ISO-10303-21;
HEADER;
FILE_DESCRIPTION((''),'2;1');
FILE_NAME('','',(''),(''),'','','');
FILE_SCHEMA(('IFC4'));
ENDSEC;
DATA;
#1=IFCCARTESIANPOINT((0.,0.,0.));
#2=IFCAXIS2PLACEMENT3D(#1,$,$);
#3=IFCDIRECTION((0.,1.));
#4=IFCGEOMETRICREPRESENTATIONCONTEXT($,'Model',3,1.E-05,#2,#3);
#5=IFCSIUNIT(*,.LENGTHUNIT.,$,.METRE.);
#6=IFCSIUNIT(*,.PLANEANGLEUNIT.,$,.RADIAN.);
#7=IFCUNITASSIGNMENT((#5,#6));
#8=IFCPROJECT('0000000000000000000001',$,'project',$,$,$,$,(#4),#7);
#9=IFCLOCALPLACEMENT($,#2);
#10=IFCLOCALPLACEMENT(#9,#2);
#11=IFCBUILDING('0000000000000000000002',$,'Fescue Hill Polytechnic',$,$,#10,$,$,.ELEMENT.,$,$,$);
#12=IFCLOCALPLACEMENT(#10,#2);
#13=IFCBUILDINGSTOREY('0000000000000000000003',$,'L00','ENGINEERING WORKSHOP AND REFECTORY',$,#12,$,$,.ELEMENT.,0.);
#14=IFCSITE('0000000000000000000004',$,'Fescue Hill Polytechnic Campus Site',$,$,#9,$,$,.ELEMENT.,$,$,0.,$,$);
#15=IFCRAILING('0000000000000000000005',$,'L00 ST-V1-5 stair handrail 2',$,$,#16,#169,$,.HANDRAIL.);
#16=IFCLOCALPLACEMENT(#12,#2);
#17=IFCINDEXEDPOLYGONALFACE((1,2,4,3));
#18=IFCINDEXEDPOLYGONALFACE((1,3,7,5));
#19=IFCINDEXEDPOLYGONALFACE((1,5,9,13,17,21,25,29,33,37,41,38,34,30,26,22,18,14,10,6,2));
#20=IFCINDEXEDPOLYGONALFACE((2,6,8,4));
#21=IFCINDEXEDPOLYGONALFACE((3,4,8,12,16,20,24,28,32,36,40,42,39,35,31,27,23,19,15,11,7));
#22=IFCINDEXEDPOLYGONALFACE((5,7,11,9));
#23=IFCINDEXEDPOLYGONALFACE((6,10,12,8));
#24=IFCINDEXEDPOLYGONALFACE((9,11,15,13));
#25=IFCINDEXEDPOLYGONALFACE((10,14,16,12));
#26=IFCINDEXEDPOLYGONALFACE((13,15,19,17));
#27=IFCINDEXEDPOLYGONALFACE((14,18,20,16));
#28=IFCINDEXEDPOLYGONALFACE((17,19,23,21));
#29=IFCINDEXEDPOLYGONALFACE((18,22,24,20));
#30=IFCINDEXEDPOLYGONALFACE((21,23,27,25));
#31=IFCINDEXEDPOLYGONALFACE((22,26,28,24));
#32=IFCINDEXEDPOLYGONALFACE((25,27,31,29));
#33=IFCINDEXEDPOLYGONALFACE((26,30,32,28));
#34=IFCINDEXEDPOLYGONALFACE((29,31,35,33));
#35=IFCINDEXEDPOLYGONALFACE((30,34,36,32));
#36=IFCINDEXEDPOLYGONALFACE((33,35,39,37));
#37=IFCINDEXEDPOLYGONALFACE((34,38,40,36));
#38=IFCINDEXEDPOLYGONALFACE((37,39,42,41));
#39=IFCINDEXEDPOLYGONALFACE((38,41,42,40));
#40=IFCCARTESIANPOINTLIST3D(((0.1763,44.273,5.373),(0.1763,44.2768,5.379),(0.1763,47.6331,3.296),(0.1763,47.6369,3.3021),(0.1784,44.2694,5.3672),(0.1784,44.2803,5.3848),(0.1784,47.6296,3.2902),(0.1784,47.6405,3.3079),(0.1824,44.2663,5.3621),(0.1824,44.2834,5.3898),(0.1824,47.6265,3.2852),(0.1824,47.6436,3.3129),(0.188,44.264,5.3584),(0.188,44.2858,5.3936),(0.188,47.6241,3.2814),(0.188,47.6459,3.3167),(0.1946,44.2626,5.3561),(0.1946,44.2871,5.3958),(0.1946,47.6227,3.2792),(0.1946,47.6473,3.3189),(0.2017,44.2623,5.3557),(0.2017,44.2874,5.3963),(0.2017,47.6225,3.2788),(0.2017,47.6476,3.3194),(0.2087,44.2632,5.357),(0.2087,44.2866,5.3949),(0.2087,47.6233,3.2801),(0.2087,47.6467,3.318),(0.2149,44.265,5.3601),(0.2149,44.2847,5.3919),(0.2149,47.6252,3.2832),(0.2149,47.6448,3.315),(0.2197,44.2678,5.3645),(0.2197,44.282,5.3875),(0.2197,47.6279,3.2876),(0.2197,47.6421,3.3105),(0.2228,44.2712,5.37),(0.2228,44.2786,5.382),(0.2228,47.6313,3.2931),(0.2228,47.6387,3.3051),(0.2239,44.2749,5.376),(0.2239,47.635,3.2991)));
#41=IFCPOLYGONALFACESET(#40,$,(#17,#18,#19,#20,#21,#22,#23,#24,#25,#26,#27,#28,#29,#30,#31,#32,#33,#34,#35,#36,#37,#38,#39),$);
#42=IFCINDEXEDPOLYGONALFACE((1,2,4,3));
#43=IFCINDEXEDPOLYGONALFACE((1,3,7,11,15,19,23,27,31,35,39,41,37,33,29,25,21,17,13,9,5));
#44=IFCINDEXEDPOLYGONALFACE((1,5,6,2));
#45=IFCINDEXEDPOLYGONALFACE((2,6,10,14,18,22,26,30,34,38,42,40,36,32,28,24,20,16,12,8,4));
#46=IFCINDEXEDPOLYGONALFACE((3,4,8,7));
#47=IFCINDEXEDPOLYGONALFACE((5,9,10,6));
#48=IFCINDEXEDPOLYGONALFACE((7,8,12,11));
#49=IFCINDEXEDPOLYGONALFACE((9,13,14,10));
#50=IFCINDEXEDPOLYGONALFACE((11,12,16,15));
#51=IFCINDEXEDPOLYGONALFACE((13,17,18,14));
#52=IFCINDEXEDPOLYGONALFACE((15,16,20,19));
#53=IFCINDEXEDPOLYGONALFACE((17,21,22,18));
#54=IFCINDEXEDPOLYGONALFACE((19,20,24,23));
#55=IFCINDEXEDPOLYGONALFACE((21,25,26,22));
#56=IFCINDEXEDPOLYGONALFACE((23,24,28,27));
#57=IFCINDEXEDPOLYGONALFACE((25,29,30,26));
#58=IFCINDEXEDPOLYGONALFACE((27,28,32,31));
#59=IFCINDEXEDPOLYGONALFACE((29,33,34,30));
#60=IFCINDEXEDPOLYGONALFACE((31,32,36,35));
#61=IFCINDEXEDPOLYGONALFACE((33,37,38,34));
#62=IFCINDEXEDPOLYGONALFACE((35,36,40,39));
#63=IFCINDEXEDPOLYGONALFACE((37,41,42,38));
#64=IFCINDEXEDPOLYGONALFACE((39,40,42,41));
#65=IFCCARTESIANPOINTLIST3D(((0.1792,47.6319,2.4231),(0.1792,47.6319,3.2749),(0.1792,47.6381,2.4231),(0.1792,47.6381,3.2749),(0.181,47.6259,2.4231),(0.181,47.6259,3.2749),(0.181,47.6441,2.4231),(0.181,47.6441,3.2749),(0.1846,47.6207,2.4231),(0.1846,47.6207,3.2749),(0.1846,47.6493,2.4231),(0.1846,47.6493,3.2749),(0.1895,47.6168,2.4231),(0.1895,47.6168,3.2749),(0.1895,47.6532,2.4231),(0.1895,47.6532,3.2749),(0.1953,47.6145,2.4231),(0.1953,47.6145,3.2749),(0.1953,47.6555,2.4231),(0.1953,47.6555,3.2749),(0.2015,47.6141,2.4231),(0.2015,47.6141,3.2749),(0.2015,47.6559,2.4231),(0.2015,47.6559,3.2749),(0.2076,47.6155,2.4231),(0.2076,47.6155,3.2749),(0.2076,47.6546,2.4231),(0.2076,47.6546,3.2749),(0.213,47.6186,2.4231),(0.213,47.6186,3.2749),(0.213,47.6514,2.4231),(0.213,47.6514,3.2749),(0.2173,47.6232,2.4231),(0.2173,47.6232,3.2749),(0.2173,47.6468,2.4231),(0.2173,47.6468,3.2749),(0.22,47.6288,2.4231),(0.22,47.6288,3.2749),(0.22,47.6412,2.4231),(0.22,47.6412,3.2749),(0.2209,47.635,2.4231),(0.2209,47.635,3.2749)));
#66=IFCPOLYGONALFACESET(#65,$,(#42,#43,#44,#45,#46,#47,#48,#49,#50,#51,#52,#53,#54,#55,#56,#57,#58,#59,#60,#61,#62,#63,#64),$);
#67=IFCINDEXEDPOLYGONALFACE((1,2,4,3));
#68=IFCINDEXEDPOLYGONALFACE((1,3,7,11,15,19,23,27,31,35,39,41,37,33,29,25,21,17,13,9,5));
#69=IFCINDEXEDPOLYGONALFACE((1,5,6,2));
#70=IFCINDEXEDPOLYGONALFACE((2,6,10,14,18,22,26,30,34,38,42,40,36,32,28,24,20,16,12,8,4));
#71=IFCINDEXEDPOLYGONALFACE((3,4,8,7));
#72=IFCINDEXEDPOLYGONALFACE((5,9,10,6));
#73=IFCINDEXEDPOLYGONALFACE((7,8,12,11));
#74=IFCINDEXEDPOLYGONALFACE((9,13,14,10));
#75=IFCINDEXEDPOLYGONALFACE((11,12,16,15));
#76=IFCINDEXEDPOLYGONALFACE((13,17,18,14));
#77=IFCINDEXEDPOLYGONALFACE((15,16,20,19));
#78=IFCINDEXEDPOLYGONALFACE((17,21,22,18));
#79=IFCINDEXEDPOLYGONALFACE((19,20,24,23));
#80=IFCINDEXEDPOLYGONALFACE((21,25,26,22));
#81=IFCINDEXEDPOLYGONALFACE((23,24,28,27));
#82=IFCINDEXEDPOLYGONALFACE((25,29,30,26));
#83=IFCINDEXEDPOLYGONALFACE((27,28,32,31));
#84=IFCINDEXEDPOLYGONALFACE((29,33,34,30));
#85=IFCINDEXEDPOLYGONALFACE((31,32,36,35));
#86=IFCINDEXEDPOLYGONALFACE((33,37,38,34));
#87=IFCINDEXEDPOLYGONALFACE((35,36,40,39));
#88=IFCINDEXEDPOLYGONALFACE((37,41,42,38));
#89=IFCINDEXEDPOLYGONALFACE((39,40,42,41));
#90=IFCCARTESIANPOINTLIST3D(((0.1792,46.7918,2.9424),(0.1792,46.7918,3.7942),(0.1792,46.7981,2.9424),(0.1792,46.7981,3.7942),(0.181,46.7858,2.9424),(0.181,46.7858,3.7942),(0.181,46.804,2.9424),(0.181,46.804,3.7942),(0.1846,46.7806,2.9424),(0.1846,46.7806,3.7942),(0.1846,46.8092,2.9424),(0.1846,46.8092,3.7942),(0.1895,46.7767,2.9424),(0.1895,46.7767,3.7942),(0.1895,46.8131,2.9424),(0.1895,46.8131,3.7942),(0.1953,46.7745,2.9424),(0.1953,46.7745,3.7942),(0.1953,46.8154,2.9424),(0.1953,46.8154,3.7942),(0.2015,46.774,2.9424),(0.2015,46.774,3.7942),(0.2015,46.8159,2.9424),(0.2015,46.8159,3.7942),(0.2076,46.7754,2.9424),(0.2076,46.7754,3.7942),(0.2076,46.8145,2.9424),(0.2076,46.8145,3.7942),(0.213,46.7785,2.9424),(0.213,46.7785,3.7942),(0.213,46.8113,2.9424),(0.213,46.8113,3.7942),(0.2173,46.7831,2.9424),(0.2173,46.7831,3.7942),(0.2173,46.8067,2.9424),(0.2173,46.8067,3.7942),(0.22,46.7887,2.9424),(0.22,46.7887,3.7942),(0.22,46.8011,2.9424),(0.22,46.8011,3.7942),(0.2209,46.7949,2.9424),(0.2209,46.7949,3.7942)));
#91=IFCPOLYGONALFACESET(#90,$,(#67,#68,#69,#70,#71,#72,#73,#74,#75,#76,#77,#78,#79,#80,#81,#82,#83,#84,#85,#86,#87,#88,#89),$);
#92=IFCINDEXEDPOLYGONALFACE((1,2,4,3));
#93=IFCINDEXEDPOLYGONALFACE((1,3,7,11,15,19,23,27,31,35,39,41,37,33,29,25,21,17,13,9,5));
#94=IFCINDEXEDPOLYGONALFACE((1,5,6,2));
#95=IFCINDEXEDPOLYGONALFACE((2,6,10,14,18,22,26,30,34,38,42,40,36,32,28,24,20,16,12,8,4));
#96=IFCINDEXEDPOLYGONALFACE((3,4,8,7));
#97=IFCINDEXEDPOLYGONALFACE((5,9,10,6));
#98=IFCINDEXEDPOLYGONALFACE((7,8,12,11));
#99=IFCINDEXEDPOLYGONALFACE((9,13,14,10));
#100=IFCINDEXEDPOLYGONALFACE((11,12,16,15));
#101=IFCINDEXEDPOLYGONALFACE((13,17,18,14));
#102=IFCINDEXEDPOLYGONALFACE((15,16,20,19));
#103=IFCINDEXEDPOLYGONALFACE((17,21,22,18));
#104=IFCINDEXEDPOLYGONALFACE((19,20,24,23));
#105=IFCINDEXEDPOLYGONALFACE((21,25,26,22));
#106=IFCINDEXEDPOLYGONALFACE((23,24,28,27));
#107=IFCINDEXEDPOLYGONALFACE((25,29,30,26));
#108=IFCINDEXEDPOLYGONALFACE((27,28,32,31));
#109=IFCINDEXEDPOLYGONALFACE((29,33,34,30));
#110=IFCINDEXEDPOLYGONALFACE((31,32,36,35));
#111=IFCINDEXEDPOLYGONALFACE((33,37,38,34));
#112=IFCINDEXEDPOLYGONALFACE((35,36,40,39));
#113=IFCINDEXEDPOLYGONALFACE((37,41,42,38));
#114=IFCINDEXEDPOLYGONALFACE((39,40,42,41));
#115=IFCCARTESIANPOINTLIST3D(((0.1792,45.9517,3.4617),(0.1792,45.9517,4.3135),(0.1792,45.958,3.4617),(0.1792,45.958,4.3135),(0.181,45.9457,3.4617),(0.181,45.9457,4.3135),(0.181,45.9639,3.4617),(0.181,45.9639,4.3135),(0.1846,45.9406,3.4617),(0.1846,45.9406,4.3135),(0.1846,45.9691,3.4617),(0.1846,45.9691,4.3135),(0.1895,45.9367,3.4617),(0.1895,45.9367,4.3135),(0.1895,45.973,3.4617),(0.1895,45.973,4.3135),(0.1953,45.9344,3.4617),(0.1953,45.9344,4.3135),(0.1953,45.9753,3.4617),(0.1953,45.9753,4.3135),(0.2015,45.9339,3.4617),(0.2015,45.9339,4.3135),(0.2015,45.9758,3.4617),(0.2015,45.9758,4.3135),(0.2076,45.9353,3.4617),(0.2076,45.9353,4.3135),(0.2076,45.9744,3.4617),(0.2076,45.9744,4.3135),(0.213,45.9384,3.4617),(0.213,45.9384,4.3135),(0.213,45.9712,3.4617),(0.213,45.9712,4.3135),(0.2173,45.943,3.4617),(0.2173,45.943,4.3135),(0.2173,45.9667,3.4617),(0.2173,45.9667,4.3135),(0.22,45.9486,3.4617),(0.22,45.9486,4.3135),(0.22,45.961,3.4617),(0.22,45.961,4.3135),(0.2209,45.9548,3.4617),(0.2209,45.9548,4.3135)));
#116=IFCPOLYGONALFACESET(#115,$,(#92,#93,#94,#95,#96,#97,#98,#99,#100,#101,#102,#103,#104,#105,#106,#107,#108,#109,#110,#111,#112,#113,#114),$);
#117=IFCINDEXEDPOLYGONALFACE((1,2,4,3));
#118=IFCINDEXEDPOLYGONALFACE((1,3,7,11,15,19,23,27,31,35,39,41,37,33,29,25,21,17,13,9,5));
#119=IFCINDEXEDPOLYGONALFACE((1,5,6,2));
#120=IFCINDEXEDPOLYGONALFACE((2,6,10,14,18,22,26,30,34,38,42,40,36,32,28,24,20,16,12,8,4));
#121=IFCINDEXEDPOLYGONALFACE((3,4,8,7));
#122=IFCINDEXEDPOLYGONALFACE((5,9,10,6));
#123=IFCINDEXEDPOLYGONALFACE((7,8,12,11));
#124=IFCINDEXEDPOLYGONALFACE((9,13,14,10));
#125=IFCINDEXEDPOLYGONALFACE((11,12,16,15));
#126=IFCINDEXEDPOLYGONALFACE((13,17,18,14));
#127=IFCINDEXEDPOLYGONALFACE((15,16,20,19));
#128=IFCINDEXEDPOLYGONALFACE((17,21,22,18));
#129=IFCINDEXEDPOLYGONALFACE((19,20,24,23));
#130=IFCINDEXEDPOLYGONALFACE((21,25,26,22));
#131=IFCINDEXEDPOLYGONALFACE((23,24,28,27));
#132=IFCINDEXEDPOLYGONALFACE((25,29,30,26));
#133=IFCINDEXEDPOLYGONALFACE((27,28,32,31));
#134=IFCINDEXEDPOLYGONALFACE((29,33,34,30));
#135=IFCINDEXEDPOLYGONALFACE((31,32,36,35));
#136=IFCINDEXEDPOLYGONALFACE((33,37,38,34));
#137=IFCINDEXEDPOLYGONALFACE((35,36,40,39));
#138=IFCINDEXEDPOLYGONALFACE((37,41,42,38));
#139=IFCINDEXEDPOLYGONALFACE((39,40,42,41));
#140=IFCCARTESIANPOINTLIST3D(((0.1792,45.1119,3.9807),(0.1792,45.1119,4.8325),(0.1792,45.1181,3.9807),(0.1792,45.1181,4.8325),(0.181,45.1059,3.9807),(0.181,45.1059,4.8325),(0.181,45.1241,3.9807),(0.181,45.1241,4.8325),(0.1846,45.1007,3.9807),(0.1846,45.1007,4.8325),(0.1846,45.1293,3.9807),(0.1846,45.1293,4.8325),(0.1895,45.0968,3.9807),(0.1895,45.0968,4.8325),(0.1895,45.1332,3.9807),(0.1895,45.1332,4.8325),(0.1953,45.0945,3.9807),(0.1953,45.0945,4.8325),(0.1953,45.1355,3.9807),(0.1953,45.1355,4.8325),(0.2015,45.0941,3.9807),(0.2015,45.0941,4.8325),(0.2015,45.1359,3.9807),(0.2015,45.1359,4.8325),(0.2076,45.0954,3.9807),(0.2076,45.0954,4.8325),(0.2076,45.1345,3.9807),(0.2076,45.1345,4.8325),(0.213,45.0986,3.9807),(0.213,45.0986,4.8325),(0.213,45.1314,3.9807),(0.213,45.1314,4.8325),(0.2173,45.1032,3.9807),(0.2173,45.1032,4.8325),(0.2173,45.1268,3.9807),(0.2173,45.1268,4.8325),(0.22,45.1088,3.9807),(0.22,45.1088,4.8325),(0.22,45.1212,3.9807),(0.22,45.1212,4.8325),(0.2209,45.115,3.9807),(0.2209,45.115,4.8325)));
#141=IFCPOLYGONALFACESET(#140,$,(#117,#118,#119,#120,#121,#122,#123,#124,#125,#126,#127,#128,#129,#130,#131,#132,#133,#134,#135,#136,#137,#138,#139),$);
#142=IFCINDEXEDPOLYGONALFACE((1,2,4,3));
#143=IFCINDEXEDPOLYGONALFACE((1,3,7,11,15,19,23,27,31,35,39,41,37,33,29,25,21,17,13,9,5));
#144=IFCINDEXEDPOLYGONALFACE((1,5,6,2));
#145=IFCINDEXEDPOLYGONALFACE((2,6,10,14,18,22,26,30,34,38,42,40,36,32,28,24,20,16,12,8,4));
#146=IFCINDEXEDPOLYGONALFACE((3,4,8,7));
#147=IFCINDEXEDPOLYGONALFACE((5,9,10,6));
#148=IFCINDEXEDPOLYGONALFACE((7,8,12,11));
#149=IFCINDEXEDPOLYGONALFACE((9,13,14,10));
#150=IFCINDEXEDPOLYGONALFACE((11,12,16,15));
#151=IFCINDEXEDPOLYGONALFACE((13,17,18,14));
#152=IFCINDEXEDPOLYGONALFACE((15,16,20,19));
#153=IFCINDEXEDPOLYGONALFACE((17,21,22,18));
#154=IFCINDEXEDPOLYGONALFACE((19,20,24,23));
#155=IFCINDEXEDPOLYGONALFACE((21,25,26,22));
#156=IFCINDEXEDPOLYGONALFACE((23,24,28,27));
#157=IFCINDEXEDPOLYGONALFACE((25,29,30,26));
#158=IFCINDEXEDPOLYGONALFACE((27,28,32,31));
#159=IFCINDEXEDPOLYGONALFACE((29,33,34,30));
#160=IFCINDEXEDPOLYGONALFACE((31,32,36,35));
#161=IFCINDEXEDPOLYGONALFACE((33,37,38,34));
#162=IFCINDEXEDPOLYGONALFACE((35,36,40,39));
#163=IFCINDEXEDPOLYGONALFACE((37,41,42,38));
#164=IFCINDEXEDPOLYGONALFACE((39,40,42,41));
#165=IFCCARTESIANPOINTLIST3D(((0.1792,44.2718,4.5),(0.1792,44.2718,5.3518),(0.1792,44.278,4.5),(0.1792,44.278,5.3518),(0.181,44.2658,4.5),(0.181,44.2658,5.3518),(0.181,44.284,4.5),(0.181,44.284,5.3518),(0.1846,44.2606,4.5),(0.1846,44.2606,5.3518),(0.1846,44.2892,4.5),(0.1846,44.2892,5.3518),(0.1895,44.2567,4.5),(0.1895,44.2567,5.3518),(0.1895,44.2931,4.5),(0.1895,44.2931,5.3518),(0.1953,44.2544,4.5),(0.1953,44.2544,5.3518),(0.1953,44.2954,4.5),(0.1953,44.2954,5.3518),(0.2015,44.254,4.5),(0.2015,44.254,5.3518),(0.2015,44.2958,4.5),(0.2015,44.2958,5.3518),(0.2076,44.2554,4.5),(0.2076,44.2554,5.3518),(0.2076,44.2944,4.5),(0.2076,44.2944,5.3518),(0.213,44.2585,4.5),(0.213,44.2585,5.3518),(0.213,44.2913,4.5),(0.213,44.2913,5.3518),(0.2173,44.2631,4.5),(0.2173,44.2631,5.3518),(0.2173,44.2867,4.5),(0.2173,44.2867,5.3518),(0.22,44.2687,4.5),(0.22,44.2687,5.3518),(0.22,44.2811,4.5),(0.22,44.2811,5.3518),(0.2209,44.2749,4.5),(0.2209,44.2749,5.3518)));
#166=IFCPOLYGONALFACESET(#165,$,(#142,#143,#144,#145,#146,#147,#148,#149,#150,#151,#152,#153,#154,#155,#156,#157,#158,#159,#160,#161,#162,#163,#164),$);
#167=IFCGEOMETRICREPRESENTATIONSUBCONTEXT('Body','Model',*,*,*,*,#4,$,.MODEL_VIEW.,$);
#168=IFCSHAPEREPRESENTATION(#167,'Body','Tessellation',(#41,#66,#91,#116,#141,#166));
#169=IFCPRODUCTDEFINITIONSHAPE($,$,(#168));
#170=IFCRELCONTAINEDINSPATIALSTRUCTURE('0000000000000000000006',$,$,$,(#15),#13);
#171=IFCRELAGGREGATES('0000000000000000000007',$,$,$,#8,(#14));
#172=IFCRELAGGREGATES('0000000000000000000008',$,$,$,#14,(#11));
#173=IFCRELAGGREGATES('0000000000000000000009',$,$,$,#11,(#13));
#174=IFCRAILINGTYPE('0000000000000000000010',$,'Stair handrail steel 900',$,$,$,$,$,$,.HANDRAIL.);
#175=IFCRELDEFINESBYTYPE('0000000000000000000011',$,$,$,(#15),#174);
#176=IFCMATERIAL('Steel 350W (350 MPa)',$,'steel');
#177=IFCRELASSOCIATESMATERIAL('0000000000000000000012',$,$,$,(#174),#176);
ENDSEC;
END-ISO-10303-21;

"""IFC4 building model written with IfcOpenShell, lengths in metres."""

from ifc_helpers import new_model, si_unit, direction, frame, origin, origin_2d, place, context, subcontext, project, spatial, circle, extrude, material, type_object, element, save


model = new_model("IFC4")

# Units and contexts
model_context = context("Model", 3, precision=1e-05, world=origin(), true_north=direction((0.0, 1.0)))
body_context = subcontext(model_context, "Body", "Model", "MODEL_VIEW")
ifc_project = project(units=[si_unit("LENGTHUNIT", "METRE"), si_unit("PLANEANGLEUNIT", "RADIAN")], contexts=[model_context])

# Site, building, storey
site_placement = place(None, origin())
site = spatial("IfcSite", under=ifc_project, at=site_placement, Name="Fescue Hill Polytechnic Campus Site", CompositionType="ELEMENT", RefElevation=0.0)
building_placement = place(site_placement, origin())
building = spatial("IfcBuilding", under=site, at=building_placement, Name="Fescue Hill Polytechnic", CompositionType="ELEMENT")
storey_placement = place(building_placement, origin())
storey = spatial("IfcBuildingStorey", under=building, at=storey_placement, Name="L00", Description="ENGINEERING WORKSHOP AND REFECTORY", CompositionType="ELEMENT", Elevation=0.0)

# Railing
ifc_material_1 = material(Name="Steel 350W (350 MPa)", Category="steel")
railing_type_1 = type_object("IfcRailingType", Name="Stair handrail steel 900", PredefinedType="HANDRAIL", material=ifc_material_1)
railing_1_placement = place(storey_placement, frame((0.2, 47.635, 2.4231)))
element("IfcRailing", 1, at=railing_1_placement, inside=storey, type_object=railing_type_1, Name="L00 ST-V1-5 stair handrail 2", PredefinedType="HANDRAIL", context=body_context, shape_type="SweptSolid", body=[
    extrude(circle(Radius=0.0239, at=origin_2d()), frame((0.0, 0.0, 0.876), z_axis=(0.0, -0.850623, 0.525776), x_axis=(1.0, 0.0, 0.0)), (0.0, 0.0, 1.0), 3.9502),
    extrude(circle(Radius=0.021, at=origin_2d()), origin(), (0.0, 0.0, 1.0), 0.8518),
    extrude(circle(Radius=0.021, at=origin_2d()), frame((0.0, -0.8401, 0.5193)), (0.0, 0.0, 1.0), 0.8518),
    extrude(circle(Radius=0.021, at=origin_2d()), frame((0.0, -1.6802, 1.0386)), (0.0, 0.0, 1.0), 0.8518),
    extrude(circle(Radius=0.021, at=origin_2d()), frame((0.0, -2.52, 1.5576)), (0.0, 0.0, 1.0), 0.8518),
    extrude(circle(Radius=0.021, at=origin_2d()), frame((0.0, -3.3601, 2.0769)), (0.0, 0.0, 1.0), 0.8518),
])

save(model, "model.ifc")
